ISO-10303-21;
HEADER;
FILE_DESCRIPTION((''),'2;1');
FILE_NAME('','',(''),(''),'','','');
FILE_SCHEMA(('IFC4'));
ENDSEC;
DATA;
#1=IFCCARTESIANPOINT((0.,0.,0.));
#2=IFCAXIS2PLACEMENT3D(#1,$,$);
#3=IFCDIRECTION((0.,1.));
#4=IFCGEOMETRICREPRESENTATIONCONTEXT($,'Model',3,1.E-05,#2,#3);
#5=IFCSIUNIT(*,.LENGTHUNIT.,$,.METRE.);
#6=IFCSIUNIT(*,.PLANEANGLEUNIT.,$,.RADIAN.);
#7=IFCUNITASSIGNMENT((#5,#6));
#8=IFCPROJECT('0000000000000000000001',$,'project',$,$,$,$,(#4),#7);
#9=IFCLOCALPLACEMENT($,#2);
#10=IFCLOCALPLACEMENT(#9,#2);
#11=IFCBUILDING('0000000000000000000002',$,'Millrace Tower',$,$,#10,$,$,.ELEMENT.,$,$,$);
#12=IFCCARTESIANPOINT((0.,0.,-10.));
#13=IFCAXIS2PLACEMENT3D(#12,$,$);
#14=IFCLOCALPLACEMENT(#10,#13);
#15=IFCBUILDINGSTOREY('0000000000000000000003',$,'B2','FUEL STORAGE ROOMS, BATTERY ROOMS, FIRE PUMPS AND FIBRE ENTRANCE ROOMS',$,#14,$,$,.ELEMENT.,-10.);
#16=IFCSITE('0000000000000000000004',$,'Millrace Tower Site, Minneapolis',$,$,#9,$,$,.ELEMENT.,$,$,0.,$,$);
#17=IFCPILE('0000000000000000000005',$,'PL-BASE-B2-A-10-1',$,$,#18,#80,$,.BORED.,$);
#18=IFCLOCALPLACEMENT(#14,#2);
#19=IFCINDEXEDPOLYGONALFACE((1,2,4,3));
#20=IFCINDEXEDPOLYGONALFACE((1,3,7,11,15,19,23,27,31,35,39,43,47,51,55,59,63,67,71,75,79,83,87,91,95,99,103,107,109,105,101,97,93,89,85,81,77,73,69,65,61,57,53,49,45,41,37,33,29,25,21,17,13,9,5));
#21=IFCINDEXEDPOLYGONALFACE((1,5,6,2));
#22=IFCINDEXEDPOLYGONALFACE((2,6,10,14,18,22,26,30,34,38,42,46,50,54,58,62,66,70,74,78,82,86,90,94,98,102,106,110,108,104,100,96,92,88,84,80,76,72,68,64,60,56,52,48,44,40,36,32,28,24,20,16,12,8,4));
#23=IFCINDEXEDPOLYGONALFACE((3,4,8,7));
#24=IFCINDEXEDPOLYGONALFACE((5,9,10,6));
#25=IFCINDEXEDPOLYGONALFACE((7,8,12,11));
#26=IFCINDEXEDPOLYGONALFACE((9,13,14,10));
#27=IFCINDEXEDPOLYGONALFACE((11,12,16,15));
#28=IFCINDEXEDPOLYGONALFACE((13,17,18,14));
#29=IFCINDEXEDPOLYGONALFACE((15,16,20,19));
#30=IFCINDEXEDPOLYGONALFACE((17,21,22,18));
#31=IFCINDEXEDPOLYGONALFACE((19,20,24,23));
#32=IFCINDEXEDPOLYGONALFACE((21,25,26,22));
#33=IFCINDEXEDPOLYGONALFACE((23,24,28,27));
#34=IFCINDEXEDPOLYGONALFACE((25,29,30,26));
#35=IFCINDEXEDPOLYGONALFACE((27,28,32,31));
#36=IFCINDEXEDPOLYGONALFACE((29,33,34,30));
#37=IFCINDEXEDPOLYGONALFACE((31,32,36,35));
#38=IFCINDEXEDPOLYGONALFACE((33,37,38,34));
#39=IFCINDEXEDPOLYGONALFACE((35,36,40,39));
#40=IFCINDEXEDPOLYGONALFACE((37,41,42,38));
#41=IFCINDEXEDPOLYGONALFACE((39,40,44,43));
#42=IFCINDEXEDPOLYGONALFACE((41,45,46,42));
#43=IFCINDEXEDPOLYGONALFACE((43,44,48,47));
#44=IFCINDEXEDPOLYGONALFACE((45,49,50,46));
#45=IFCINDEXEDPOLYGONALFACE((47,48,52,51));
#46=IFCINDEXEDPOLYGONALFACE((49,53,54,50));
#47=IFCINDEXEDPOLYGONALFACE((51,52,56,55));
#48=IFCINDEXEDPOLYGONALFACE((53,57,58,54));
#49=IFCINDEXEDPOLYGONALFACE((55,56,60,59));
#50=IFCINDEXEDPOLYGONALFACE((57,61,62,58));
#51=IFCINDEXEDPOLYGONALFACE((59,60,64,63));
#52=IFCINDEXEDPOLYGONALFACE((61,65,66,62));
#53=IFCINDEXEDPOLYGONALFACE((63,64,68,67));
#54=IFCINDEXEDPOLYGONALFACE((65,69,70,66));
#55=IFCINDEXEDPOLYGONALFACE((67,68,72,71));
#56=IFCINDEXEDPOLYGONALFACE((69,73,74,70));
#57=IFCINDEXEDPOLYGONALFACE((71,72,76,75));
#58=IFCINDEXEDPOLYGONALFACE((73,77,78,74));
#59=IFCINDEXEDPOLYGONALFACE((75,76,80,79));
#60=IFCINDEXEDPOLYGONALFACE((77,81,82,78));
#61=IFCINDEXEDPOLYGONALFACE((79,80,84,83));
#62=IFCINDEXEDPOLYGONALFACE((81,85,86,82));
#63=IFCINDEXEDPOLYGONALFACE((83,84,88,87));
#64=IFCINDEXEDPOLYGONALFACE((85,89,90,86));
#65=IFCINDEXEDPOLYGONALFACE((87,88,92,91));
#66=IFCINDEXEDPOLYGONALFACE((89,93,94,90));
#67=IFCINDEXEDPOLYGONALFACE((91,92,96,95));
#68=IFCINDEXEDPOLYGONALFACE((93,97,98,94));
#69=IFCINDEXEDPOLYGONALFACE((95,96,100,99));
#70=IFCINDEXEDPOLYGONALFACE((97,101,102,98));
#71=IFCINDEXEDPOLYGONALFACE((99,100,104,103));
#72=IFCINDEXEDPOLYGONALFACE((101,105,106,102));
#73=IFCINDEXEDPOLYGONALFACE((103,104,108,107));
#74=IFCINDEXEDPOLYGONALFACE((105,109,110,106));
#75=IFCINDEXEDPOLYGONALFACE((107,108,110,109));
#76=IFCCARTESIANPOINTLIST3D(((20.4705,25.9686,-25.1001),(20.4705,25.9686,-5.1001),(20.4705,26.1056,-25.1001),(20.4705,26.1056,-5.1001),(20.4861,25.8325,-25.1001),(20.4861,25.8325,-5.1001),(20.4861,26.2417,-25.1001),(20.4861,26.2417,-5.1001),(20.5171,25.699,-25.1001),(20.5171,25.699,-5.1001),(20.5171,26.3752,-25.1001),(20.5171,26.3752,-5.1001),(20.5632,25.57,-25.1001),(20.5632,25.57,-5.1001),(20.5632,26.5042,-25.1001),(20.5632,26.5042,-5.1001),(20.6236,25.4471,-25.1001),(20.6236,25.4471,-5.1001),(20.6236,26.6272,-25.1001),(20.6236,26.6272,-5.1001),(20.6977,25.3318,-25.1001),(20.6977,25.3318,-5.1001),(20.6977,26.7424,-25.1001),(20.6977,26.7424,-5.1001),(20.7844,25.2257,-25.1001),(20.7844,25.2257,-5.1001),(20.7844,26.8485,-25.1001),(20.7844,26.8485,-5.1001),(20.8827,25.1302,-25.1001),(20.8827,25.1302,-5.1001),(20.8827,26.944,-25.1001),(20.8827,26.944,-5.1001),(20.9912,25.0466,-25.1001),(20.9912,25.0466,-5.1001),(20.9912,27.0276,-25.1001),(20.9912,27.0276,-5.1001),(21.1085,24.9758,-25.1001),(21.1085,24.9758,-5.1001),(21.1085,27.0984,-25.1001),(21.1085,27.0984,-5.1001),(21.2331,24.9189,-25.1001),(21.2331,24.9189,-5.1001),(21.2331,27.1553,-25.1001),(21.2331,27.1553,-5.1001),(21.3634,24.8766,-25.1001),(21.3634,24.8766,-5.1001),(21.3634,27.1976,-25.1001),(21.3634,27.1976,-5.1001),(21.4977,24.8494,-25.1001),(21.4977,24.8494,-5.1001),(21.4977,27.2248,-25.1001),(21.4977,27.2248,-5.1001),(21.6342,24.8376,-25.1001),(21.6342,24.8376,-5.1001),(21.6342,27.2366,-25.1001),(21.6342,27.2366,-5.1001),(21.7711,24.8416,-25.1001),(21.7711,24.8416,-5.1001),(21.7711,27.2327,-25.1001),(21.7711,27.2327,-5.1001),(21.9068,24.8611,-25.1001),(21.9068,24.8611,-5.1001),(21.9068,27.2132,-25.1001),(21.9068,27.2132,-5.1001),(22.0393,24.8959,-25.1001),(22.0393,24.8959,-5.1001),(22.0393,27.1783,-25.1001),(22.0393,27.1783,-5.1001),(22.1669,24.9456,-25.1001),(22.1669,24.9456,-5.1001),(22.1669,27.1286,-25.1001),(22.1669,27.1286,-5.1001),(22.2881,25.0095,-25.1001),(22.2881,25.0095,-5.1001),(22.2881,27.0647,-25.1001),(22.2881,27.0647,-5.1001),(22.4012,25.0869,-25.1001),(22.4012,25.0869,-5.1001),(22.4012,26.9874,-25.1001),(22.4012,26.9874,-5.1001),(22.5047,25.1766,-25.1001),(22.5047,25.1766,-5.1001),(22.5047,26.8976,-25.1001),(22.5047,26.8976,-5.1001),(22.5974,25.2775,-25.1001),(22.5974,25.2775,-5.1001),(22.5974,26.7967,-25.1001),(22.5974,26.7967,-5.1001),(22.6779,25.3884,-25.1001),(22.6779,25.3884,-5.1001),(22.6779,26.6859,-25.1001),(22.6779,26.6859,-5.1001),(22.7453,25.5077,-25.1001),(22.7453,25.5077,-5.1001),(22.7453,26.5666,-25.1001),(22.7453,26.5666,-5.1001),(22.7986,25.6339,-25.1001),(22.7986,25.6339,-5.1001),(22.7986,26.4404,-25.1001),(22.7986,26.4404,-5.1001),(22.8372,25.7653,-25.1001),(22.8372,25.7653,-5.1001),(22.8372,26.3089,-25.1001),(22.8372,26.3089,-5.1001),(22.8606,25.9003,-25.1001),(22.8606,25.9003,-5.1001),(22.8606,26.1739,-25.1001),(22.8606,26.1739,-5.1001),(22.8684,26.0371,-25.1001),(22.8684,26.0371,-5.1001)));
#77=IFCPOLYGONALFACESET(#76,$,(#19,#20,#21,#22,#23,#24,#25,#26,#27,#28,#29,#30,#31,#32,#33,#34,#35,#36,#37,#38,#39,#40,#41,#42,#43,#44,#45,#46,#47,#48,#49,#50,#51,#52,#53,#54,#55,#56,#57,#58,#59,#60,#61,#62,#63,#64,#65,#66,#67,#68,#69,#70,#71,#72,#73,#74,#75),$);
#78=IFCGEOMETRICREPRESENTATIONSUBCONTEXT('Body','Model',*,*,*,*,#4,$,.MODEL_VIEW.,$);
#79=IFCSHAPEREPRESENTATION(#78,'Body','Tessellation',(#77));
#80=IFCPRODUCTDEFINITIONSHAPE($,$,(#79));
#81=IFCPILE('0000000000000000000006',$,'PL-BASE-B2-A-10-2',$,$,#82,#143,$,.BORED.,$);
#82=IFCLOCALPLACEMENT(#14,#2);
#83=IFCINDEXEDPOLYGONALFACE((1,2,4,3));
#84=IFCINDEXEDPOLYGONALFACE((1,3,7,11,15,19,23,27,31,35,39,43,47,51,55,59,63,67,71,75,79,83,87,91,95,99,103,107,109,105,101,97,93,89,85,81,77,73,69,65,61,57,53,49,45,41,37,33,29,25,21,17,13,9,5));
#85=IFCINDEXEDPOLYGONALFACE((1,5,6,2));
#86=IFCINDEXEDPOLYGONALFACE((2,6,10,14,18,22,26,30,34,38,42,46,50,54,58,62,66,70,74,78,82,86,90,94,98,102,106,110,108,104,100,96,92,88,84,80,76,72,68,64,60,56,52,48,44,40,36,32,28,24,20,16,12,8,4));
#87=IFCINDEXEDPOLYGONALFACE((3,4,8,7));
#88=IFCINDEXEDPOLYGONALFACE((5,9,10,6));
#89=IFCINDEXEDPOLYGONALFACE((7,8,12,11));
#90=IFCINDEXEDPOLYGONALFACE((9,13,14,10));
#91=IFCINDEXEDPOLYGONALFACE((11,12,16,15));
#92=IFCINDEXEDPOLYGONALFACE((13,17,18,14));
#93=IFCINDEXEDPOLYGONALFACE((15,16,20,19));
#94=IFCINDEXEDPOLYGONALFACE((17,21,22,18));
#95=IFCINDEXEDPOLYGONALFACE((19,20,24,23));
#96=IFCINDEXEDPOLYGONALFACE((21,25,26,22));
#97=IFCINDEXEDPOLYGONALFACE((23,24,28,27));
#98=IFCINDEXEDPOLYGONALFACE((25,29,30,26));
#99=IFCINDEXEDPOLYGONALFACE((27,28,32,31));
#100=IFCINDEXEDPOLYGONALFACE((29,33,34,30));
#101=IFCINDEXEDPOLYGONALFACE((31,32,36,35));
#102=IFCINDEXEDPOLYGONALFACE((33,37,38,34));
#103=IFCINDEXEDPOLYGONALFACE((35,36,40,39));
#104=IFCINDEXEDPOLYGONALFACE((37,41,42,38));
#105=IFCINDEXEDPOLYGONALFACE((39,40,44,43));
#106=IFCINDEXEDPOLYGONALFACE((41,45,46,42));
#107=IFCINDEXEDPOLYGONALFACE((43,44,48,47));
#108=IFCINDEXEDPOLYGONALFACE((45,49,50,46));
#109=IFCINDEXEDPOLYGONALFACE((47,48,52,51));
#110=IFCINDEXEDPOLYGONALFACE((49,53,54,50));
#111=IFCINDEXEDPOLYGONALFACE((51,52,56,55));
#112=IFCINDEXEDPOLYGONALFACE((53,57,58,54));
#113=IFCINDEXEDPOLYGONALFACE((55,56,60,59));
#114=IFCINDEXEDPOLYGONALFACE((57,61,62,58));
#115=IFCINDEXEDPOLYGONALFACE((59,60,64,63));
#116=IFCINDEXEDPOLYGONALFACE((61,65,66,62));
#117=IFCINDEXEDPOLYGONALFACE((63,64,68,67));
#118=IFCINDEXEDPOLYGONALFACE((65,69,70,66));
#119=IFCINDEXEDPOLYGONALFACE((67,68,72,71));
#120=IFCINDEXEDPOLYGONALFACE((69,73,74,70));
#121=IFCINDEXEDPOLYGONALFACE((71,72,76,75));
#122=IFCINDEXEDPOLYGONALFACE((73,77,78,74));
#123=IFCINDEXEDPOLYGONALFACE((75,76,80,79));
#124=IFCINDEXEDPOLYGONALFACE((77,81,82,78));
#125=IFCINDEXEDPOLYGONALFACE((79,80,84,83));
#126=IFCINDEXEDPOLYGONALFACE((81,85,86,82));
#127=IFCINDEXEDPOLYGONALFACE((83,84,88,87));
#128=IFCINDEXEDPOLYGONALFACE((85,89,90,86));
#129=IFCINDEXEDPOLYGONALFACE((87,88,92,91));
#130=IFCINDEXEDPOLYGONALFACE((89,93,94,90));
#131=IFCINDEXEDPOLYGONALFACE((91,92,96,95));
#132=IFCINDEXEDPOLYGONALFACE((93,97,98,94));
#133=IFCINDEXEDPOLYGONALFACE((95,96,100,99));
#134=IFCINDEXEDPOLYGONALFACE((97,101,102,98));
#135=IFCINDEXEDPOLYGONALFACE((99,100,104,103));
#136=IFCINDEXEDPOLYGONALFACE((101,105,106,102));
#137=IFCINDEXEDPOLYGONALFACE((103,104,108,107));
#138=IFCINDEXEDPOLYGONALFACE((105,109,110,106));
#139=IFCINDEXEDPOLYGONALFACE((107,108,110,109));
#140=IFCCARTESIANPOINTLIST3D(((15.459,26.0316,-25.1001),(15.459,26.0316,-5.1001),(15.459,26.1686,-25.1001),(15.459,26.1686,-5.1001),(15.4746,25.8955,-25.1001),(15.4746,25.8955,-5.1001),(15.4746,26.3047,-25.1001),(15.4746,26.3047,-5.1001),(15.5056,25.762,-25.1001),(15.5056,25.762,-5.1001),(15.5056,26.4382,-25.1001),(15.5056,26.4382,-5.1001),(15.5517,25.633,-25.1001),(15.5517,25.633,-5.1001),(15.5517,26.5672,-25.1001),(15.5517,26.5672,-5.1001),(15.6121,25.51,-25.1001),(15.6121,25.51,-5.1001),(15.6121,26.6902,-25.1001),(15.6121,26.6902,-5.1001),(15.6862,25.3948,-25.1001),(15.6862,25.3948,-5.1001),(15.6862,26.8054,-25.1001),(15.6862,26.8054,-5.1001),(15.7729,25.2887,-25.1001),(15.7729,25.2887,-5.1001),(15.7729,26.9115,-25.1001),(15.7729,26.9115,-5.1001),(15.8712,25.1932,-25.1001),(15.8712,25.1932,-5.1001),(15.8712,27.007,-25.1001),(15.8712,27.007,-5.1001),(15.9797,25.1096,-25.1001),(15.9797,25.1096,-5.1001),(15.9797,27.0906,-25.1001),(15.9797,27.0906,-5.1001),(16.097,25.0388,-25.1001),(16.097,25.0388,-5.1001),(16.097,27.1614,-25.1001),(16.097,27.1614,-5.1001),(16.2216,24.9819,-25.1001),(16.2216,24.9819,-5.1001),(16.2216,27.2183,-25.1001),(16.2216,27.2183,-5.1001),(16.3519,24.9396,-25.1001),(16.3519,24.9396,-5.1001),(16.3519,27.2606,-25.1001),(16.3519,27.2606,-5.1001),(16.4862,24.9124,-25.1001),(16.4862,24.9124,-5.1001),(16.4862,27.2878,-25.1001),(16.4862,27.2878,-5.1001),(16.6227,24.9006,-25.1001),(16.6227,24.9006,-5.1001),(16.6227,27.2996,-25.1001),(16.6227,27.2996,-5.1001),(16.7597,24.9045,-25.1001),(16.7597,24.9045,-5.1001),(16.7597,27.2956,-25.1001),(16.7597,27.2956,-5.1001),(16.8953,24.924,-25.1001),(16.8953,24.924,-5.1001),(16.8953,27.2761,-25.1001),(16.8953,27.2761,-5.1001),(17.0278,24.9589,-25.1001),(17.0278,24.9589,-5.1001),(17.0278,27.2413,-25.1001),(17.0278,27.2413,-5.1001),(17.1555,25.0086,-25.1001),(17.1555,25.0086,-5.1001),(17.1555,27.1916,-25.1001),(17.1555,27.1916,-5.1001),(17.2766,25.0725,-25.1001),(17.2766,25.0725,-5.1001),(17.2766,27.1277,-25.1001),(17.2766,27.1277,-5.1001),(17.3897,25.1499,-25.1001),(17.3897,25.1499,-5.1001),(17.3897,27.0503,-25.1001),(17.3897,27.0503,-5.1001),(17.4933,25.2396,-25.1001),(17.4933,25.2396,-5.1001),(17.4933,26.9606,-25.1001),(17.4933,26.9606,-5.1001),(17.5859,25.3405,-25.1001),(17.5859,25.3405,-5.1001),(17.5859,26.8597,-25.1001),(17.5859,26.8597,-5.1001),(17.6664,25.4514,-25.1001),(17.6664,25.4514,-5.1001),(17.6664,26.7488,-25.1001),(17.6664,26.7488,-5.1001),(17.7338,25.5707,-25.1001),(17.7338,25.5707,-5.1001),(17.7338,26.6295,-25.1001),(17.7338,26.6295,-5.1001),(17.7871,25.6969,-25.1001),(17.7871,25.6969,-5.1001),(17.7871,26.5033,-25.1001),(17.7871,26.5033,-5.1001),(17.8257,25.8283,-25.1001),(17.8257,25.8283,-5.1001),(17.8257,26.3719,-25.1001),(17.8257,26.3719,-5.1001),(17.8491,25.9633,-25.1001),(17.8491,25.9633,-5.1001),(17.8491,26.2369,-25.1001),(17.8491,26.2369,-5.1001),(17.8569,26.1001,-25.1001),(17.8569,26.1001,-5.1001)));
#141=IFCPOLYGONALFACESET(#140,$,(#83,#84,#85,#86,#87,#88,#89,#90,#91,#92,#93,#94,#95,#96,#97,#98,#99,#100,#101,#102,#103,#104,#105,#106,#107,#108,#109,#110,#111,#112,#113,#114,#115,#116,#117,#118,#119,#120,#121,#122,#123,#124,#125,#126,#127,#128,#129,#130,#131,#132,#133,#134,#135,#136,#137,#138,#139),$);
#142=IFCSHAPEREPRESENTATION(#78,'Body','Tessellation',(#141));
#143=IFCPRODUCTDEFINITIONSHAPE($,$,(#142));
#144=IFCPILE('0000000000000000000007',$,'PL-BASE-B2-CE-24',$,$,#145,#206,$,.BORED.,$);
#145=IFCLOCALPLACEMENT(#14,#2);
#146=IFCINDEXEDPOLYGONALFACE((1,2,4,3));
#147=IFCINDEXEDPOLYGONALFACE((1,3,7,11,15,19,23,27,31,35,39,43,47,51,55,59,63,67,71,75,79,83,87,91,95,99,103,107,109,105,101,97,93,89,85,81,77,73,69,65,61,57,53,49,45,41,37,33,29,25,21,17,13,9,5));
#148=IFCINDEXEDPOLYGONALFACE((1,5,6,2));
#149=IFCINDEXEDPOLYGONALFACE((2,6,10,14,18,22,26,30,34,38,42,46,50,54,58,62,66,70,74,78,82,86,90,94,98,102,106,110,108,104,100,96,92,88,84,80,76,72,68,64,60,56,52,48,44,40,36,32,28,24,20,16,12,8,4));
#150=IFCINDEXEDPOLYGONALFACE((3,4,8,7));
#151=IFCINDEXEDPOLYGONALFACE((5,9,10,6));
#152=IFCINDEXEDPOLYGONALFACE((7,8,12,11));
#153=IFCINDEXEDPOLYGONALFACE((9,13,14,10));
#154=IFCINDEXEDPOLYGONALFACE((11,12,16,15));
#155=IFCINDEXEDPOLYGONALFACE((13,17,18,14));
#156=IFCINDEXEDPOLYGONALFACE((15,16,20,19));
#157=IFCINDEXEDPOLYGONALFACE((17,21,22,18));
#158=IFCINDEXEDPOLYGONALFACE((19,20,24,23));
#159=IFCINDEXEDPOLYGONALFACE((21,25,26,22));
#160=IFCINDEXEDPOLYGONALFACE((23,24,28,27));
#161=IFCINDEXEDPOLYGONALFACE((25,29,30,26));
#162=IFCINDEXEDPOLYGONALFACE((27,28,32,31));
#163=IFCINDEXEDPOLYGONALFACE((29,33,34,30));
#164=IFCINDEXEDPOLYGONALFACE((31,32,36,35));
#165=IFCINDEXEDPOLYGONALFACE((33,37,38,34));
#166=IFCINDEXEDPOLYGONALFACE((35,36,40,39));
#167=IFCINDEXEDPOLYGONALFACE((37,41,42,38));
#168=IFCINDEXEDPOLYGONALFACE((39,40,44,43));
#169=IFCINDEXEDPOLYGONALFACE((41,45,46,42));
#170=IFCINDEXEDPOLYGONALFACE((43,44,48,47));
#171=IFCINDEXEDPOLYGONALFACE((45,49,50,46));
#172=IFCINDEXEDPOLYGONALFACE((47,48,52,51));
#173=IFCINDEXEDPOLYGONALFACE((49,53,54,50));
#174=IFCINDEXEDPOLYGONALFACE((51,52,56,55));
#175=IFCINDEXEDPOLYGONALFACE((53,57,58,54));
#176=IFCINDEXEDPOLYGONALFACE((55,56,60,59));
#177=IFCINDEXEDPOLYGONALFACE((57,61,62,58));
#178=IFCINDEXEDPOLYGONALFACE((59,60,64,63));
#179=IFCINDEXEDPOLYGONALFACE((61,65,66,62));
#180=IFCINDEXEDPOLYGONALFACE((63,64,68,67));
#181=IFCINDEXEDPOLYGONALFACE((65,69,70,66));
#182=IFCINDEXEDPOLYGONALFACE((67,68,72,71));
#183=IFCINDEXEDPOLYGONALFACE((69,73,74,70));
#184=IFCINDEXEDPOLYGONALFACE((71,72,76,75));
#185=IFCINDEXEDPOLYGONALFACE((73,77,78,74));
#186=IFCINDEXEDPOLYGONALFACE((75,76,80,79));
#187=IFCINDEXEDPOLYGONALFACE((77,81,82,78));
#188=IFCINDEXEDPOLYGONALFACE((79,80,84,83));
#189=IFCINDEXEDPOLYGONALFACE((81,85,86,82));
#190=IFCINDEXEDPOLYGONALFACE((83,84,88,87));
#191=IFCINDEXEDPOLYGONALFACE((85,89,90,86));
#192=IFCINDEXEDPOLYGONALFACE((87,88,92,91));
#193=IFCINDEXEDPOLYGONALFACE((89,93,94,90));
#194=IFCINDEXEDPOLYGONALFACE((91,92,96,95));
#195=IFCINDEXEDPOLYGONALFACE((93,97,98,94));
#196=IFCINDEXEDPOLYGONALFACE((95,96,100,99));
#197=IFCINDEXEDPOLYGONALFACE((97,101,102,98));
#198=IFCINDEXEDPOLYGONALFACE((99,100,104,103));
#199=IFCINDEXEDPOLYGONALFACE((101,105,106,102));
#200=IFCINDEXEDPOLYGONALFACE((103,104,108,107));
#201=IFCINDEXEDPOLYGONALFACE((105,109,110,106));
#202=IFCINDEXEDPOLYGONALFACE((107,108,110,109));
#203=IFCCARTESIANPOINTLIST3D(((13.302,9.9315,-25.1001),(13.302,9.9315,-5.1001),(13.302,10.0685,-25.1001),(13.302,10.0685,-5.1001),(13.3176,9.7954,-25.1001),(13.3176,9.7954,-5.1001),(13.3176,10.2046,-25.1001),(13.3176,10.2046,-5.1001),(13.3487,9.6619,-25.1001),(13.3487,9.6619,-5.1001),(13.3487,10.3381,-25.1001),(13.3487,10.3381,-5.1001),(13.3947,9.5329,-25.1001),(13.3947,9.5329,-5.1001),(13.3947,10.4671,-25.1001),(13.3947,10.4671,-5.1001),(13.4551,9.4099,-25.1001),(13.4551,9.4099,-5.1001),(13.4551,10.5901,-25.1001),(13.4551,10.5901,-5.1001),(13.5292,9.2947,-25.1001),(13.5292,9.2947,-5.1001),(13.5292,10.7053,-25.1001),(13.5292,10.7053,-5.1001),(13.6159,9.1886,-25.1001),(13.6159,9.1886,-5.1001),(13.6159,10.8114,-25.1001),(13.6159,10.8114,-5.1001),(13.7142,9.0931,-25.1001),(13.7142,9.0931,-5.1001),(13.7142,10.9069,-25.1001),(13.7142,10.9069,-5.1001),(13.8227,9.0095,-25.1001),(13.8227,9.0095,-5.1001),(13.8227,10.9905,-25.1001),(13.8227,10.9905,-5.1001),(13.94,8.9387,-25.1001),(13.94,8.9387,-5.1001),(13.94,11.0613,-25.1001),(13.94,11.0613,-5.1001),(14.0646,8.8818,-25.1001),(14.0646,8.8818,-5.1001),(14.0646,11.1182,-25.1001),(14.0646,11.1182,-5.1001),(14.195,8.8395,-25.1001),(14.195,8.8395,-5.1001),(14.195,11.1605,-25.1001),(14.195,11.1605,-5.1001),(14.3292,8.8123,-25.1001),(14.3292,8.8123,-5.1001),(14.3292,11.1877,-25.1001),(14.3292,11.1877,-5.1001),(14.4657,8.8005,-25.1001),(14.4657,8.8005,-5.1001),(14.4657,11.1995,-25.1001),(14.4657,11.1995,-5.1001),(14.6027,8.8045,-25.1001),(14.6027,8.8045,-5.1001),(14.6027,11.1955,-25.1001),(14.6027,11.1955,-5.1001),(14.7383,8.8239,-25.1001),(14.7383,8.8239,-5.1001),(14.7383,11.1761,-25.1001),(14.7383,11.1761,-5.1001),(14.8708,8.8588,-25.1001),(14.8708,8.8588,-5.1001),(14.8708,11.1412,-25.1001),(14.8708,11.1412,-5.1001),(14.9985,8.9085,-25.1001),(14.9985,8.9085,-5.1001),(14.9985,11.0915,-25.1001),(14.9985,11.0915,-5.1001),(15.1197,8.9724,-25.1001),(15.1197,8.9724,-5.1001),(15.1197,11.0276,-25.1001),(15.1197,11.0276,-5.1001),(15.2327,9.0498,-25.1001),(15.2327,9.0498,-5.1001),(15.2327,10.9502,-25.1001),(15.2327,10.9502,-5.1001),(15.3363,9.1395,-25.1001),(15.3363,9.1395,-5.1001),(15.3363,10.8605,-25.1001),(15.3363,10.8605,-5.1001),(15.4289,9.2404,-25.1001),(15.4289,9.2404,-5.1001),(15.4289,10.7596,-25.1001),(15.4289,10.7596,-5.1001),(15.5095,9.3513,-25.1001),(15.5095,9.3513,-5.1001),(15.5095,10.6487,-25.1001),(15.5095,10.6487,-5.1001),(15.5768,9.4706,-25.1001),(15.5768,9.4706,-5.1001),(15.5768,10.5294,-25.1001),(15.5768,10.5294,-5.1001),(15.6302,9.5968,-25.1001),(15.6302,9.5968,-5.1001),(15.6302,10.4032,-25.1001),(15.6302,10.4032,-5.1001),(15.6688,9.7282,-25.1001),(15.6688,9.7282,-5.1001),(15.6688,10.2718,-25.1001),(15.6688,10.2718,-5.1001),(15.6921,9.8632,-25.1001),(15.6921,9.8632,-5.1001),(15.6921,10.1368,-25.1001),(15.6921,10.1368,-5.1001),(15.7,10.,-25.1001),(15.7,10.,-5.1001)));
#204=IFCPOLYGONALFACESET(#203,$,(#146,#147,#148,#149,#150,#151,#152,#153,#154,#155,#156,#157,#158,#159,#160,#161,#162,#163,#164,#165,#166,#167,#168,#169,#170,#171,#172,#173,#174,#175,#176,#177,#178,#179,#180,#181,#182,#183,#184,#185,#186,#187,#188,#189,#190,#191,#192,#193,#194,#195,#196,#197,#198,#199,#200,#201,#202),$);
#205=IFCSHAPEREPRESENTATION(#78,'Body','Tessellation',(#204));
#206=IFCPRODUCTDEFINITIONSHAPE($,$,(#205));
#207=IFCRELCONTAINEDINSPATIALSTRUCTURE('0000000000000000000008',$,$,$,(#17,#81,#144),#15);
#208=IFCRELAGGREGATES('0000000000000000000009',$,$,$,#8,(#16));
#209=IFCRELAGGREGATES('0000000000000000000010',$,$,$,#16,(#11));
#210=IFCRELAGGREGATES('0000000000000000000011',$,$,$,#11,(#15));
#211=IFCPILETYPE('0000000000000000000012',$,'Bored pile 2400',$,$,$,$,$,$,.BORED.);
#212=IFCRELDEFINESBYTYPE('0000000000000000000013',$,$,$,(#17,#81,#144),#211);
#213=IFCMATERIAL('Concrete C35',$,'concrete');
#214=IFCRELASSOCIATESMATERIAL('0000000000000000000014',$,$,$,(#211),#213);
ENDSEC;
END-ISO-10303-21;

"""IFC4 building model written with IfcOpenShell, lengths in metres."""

from ifc_helpers import new_model, si_unit, direction, frame, origin, origin_2d, place, context, subcontext, project, spatial, circle, extrude, material, material_profile, profile_set, type_object, element, save


model = new_model("IFC4")

# Units and contexts
model_context = context("Model", 3, precision=1e-05, world=origin(), true_north=direction((0.0, 1.0)))
body_context = subcontext(model_context, "Body", "Model", "MODEL_VIEW")
ifc_project = project(units=[si_unit("LENGTHUNIT", "METRE"), si_unit("PLANEANGLEUNIT", "RADIAN")], contexts=[model_context])

# Site, building, storey
site_placement = place(None, origin())
site = spatial("IfcSite", under=ifc_project, at=site_placement, Name="Millrace Tower Site, Minneapolis", CompositionType="ELEMENT", RefElevation=0.0)
building_placement = place(site_placement, origin())
building = spatial("IfcBuilding", under=site, at=building_placement, Name="Millrace Tower", CompositionType="ELEMENT")
storey_placement = place(building_placement, frame((0.0, 0.0, -10.0)))
storey = spatial("IfcBuildingStorey", under=building, at=storey_placement, Name="B2", Description="FUEL STORAGE ROOMS, BATTERY ROOMS, FIRE PUMPS AND FIBRE ENTRANCE ROOMS", CompositionType="ELEMENT", Elevation=-10.0)

# Piles
ifc_material_1 = material(Name="Concrete C35", Category="concrete")
ifc_material_profile_1 = material_profile(ifc_material_1, circle(Radius=1.2, at=origin_2d()))
ifc_profile_set_1 = profile_set([ifc_material_profile_1], Name="Concrete C35")
pile_type = type_object("IfcPileType", Name="Bored pile 2400", PredefinedType="BORED", material=ifc_profile_set_1)
for number, where, z_axis, x_axis, name in (
    (1, (21.6685, 26.0371, -5.1001), (0.0, 0.0, -1.0), (1.0, 0.0, 0.0), "PL-BASE-B2-A-10-1"),
    (2, (16.657, 26.1001, -5.1001), (0.0, 0.0, -1.0), (1.0, 0.0, 0.0), "PL-BASE-B2-A-10-2"),
    (3, (14.5, 10.0, -5.1001), (0.0, 0.0, -1.0), (1.0, 0.0, 0.0), "PL-BASE-B2-CE-24"),
):
    element("IfcPile", number, at=place(storey_placement, frame(where, z_axis=z_axis, x_axis=x_axis)), inside=storey, type_object=pile_type, Name=name, PredefinedType="BORED", context=body_context, shape_type="SweptSolid", body=[
        extrude(circle(Radius=1.2, at=origin_2d()), origin(), (0.0, 0.0, 1.0), 20.0),
    ])

save(model, "model.ifc")
